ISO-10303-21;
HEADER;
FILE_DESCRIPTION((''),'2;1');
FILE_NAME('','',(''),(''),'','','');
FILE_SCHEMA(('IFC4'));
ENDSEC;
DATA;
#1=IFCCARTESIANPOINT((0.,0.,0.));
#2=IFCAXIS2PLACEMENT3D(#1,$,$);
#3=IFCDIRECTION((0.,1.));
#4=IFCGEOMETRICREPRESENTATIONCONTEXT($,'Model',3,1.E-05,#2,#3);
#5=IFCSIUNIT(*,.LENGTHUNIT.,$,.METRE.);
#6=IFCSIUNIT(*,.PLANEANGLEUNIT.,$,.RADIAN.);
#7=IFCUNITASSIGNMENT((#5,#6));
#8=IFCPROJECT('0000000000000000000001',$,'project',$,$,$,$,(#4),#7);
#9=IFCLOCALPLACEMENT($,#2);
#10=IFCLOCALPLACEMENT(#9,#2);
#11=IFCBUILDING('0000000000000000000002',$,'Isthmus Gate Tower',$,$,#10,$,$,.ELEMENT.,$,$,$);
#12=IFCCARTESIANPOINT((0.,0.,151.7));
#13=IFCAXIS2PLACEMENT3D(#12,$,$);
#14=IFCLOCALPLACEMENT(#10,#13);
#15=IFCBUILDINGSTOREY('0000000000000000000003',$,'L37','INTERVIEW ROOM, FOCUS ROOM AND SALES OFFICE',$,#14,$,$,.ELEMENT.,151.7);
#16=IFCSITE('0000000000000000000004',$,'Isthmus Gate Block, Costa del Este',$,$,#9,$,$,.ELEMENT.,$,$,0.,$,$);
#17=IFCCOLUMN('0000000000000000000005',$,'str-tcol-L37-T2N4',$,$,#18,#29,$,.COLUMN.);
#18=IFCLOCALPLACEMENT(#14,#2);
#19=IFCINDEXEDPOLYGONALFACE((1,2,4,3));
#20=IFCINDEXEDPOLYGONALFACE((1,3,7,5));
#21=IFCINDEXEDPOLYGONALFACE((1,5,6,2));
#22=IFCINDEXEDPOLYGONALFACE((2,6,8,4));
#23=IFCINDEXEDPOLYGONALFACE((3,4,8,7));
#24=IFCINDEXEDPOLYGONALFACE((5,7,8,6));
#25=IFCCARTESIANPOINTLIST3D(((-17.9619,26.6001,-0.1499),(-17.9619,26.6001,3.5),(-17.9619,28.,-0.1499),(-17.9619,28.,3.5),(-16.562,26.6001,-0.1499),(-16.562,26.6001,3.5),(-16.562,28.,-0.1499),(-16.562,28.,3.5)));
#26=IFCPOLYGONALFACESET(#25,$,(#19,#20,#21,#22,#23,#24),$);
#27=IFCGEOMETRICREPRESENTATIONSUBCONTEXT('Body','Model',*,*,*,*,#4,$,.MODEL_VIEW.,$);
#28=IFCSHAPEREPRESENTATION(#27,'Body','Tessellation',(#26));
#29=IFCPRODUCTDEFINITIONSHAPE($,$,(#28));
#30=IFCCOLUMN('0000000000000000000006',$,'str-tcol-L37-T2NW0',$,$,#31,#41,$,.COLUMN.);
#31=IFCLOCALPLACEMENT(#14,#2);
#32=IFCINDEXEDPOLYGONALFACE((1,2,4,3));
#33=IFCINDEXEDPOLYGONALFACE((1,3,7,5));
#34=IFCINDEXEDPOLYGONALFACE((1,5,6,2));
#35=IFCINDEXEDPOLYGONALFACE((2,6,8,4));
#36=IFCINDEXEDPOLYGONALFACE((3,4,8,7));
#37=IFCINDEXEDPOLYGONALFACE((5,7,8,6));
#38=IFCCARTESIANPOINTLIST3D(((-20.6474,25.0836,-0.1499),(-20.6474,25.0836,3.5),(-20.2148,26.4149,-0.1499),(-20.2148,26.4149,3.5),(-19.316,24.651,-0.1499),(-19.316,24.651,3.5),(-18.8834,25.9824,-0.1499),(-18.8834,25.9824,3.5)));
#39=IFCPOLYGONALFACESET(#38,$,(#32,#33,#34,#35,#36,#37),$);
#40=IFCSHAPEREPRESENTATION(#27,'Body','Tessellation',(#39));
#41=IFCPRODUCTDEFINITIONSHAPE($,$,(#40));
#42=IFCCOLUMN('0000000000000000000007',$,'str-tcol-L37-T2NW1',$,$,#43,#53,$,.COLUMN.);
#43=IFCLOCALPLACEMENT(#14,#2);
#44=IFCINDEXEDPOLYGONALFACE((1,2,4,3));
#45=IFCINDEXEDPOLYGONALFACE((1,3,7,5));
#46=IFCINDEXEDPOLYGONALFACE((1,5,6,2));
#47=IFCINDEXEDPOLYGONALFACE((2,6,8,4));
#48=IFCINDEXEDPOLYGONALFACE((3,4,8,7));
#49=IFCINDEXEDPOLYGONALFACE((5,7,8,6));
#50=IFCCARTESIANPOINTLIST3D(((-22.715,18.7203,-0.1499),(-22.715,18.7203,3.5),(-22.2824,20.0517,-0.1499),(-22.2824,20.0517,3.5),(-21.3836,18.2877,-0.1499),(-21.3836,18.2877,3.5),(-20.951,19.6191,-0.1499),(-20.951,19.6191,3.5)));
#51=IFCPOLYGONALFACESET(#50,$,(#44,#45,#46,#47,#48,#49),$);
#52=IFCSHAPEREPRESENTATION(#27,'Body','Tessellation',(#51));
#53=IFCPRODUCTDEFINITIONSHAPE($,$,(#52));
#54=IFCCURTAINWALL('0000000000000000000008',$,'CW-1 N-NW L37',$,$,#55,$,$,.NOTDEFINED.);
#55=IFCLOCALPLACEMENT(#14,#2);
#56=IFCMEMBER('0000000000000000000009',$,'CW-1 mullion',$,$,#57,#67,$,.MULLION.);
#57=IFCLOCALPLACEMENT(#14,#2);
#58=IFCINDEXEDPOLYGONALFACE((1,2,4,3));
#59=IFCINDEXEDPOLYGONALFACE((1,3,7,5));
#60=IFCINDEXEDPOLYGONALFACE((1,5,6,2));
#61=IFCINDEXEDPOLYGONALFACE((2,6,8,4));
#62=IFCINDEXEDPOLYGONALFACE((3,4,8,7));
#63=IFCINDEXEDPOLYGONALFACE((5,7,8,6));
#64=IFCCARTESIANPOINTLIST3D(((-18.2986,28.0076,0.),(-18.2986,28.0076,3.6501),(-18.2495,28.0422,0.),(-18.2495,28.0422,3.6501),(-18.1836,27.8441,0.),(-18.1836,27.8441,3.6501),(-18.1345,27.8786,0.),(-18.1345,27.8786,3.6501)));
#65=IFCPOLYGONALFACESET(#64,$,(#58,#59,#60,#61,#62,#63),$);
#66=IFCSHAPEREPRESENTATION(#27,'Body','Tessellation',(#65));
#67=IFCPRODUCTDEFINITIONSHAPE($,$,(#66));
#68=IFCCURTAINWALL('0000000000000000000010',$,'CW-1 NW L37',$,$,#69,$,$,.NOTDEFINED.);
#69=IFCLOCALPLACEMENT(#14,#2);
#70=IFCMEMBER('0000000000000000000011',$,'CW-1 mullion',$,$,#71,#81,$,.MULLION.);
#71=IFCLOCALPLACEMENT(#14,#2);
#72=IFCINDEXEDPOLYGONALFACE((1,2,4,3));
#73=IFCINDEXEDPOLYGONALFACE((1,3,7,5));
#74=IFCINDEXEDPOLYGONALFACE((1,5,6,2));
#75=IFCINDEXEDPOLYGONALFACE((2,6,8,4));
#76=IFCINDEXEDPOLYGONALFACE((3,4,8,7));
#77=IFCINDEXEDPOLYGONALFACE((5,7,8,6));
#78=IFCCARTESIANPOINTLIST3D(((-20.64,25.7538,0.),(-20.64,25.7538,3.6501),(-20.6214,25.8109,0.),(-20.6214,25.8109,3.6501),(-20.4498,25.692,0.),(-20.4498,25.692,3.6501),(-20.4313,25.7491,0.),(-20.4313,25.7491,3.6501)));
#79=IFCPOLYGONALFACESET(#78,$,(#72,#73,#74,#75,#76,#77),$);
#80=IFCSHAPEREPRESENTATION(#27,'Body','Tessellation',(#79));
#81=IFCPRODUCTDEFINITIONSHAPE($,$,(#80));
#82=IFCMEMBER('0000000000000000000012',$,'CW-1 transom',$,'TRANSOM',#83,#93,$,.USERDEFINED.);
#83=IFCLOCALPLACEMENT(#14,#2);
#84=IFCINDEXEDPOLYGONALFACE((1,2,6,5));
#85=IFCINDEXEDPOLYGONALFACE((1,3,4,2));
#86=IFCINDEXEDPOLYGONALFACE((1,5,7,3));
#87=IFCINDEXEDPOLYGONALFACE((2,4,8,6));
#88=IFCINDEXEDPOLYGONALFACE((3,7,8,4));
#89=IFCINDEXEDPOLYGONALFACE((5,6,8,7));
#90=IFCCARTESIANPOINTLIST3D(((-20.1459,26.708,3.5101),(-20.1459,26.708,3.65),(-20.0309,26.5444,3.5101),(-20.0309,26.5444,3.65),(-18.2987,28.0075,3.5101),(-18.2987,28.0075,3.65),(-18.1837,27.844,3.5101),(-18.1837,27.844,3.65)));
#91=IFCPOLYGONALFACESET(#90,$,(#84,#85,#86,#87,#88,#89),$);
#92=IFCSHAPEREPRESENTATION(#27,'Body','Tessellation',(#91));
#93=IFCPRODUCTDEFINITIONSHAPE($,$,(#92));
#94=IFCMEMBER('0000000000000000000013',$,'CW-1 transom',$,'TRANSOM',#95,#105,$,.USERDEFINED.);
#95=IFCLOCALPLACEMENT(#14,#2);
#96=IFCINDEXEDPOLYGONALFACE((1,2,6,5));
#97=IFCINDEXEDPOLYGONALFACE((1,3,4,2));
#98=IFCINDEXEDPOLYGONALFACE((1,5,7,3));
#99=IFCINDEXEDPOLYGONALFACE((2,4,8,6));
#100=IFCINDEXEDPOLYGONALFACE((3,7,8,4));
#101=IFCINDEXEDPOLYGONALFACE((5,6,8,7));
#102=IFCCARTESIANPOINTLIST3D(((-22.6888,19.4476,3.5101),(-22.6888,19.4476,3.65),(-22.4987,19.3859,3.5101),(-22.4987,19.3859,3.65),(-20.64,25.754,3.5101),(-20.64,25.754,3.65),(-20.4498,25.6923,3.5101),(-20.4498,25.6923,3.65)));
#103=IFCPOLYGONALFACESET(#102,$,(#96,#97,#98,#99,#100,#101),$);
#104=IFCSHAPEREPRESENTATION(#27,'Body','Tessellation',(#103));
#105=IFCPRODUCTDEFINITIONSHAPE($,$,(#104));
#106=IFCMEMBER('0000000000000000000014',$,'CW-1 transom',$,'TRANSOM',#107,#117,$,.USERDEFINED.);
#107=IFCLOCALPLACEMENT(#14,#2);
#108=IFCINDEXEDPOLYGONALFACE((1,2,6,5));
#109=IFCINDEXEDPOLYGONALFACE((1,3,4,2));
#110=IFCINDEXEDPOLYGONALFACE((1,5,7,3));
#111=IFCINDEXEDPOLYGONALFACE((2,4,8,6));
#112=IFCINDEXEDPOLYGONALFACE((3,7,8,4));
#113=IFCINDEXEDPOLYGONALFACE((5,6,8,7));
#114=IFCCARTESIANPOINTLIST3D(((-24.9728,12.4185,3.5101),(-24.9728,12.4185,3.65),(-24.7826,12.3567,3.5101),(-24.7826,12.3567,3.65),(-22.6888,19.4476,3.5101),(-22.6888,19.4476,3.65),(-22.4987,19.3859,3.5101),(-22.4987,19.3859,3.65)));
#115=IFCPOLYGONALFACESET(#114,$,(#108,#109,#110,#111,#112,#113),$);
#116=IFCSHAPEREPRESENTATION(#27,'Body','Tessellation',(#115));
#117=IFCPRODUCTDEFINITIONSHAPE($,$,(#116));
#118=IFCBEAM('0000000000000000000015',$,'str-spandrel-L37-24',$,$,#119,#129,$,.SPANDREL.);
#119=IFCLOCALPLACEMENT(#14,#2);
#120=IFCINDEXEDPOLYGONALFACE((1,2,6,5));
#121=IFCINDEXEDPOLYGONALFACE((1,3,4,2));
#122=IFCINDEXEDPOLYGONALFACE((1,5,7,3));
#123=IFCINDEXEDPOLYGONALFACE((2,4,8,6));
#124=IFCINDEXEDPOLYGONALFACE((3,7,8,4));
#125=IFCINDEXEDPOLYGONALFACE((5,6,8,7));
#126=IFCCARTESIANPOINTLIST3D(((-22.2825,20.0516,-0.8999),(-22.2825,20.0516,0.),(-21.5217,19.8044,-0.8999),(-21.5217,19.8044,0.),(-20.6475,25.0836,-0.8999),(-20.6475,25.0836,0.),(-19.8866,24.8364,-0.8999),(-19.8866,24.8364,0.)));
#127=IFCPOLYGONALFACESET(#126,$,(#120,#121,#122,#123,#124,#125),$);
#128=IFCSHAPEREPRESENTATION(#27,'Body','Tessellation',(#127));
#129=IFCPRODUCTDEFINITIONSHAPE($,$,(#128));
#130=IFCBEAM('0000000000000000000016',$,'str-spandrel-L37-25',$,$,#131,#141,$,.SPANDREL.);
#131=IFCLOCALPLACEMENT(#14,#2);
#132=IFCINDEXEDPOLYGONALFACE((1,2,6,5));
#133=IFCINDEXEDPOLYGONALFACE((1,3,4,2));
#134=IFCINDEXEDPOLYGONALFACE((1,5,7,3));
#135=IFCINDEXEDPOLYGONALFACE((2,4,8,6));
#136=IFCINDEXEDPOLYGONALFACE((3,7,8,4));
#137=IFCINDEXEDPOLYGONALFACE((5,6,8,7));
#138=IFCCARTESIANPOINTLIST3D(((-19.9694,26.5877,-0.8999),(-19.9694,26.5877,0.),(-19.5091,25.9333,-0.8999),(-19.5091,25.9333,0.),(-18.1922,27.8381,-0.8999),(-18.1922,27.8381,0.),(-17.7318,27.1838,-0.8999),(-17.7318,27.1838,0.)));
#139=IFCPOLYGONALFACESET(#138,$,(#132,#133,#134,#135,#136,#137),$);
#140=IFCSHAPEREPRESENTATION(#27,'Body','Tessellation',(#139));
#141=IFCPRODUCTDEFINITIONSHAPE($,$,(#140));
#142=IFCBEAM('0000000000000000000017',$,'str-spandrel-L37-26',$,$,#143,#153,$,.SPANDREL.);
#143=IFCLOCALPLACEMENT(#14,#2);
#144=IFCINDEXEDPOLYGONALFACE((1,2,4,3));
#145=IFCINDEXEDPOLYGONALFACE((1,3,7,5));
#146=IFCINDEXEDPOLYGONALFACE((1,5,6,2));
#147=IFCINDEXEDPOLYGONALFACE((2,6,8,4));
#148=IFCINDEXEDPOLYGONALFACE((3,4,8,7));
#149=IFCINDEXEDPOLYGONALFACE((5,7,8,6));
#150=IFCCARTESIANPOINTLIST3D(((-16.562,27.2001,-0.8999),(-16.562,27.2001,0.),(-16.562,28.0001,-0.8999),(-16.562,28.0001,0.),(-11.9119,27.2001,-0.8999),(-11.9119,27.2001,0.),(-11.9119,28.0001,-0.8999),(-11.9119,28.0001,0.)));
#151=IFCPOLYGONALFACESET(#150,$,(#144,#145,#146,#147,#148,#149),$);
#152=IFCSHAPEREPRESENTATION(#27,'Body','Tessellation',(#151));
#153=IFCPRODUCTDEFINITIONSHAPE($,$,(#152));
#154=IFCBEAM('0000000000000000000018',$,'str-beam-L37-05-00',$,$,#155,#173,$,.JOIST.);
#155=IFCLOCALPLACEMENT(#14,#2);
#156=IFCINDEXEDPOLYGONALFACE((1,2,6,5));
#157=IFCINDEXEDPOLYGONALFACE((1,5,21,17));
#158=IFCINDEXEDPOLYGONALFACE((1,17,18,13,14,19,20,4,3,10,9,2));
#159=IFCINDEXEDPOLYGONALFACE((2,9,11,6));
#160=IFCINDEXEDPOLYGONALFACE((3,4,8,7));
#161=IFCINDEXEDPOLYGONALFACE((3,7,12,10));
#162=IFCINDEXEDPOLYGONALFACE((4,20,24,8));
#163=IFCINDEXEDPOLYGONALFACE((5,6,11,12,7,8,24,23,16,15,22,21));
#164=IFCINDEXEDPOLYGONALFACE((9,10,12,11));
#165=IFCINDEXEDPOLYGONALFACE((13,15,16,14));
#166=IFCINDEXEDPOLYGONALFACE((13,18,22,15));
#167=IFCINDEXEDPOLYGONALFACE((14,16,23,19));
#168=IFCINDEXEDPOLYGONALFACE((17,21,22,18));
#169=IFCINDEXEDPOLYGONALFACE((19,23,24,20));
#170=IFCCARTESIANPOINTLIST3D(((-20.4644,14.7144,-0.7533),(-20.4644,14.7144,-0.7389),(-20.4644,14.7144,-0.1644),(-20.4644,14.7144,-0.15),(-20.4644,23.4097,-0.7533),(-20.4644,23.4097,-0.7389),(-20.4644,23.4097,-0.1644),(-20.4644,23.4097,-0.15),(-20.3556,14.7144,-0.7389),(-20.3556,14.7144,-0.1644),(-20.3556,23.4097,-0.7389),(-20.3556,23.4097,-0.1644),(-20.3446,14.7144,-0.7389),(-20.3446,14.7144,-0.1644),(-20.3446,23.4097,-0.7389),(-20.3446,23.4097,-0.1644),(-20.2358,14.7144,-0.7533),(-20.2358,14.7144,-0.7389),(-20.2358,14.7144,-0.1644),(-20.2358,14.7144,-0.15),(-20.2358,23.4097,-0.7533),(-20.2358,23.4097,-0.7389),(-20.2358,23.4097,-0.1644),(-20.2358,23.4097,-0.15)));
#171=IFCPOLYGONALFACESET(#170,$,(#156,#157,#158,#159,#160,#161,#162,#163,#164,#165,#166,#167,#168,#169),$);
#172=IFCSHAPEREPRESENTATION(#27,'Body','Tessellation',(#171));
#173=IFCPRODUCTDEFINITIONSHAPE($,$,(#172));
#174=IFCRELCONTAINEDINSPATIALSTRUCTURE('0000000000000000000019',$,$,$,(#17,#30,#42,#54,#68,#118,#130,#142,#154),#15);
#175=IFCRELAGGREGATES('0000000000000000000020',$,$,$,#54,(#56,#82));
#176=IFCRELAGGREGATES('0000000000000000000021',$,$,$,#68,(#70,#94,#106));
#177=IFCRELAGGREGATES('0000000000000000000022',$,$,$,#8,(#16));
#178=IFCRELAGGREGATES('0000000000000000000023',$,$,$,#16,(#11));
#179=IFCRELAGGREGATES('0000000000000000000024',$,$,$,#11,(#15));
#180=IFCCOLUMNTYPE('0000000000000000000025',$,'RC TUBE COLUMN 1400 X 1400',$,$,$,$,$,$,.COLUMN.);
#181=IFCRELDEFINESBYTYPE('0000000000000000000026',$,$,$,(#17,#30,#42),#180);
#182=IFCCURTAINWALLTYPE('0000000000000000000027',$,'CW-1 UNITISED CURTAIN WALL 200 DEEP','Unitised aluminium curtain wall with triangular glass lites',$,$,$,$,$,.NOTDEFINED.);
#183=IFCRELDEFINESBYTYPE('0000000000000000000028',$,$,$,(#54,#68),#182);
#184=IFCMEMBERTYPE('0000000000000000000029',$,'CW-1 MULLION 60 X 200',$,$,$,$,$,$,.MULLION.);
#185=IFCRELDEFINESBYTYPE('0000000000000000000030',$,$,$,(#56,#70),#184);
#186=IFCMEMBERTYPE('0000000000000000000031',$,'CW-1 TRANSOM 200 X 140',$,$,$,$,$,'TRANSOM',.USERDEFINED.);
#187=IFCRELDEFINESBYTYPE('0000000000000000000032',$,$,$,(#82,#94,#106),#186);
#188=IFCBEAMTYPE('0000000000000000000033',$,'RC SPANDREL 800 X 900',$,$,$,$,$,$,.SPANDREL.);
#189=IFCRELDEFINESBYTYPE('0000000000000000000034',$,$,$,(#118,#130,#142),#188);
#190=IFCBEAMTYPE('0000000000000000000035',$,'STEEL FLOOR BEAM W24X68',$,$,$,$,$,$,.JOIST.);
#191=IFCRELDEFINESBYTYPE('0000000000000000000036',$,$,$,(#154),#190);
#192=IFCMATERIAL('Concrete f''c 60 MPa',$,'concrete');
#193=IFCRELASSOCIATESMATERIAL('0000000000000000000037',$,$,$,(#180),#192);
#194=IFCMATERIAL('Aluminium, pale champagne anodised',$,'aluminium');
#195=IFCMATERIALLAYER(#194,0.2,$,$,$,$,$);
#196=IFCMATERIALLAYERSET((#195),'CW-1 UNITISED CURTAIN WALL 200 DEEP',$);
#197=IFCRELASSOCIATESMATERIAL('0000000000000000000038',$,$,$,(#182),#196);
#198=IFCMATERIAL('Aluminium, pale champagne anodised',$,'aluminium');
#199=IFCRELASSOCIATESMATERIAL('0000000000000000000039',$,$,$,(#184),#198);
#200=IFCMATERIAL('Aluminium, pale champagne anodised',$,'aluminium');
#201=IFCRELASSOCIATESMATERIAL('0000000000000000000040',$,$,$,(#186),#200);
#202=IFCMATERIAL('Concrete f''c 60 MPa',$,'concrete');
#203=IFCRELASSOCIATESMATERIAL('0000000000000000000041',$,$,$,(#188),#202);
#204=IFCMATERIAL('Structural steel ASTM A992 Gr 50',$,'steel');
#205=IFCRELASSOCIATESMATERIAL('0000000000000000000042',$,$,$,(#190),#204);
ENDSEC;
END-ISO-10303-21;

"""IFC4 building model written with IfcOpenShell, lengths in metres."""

from ifc_helpers import new_model, si_unit, direction, frame, origin, origin_2d, place, context, subcontext, project, spatial, rectangle, i_section, extrude, material, layer, layer_set, material_profile, profile_set, type_object, element, aggregate, save


model = new_model("IFC4")

# Units and contexts
model_context = context("Model", 3, precision=1e-05, world=origin(), true_north=direction((0.0, 1.0)))
body_context = subcontext(model_context, "Body", "Model", "MODEL_VIEW")
ifc_project = project(units=[si_unit("LENGTHUNIT", "METRE"), si_unit("PLANEANGLEUNIT", "RADIAN")], contexts=[model_context])

# Site, building, storey
site_placement = place(None, origin())
site = spatial("IfcSite", under=ifc_project, at=site_placement, Name="Isthmus Gate Block, Costa del Este", CompositionType="ELEMENT", RefElevation=0.0)
building_placement = place(site_placement, origin())
building = spatial("IfcBuilding", under=site, at=building_placement, Name="Isthmus Gate Tower", CompositionType="ELEMENT")
storey_placement = place(building_placement, frame((0.0, 0.0, 151.7)))
storey = spatial("IfcBuildingStorey", under=building, at=storey_placement, Name="L37", Description="INTERVIEW ROOM, FOCUS ROOM AND SALES OFFICE", CompositionType="ELEMENT", Elevation=151.7)

# Columns
ifc_material_1 = material(Name="Concrete f'c 60 MPa", Category="concrete")
ifc_material_profile_1 = material_profile(ifc_material_1, rectangle(XDim=1.3999, YDim=1.3999, at=origin_2d()), Name="RC 1400X1400")
ifc_profile_set_1 = profile_set([ifc_material_profile_1], Name="Concrete f'c 60 MPa")
column_type = type_object("IfcColumnType", Name="RC TUBE COLUMN 1400 X 1400", PredefinedType="COLUMN", material=ifc_profile_set_1)
for number, where, z_axis, x_axis, name in (
    (1, (-17.262, 27.3, -0.1499), (0.0, 0.0, 1.0), (-1.0, 0.0, 0.0), "str-tcol-L37-T2N4"),
    (2, (-19.7654, 25.533, -0.1499), (0.0, 0.0, 1.0), (-0.309017, -0.951057, 0.0), "str-tcol-L37-T2NW0"),
    (3, (-21.833, 19.1697, -0.1499), (0.0, 0.0, 1.0), (-0.309017, -0.951057, 0.0), "str-tcol-L37-T2NW1"),
):
    element("IfcColumn", number, at=place(storey_placement, frame(where, z_axis=z_axis, x_axis=x_axis)), inside=storey, type_object=column_type, Name=name, PredefinedType="COLUMN", context=body_context, shape_type="SweptSolid", body=[
        extrude(rectangle(XDim=1.3999, YDim=1.3999, at=origin_2d()), origin(), (0.0, 0.0, 1.0), 3.6499),
    ])

# Curtain walls, members
ifc_material_2 = material(Name="Aluminium, pale champagne anodised", Category="aluminium")
ifc_layer_1 = layer(ifc_material_2, 0.2)
ifc_layer_set_1 = layer_set([ifc_layer_1], Name="CW-1 UNITISED CURTAIN WALL 200 DEEP")
curtain_wall_type = type_object("IfcCurtainWallType", Name="CW-1 UNITISED CURTAIN WALL 200 DEEP", Description="Unitised aluminium curtain wall with triangular glass lites", PredefinedType="NOTDEFINED", material=ifc_layer_set_1)
curtain_wall_1_placement = place(storey_placement, origin())
curtain_wall_1 = element("IfcCurtainWall", 4, at=curtain_wall_1_placement, inside=storey, type_object=curtain_wall_type, Name="CW-1 N-NW L37", PredefinedType="NOTDEFINED")
ifc_material_3 = material(Name="Aluminium, pale champagne anodised", Category="aluminium")
ifc_material_profile_2 = material_profile(ifc_material_3, rectangle(XDim=0.0601, YDim=0.2, at=origin_2d()), Name="60x200")
ifc_profile_set_2 = profile_set([ifc_material_profile_2], Name="Aluminium, pale champagne anodised")
member_type_1 = type_object("IfcMemberType", Name="CW-1 MULLION 60 X 200", PredefinedType="MULLION", material=ifc_profile_set_2)
member_1_placement = place(storey_placement, frame((-18.2166, 27.9431, 0.0), z_axis=(0.0, 0.0, 1.0), x_axis=(-0.81786, -0.575418, 0.0)))
member_1 = element("IfcMember", 5, at=member_1_placement, type_object=member_type_1, Name="CW-1 mullion", PredefinedType="MULLION", context=body_context, shape_type="SweptSolid", body=[
    extrude(rectangle(XDim=0.0601, YDim=0.2, at=origin_2d()), origin(), (0.0, 0.0, 1.0), 3.6501),
])
curtain_wall_2_placement = place(storey_placement, origin())
curtain_wall_2 = element("IfcCurtainWall", 6, at=curtain_wall_2_placement, inside=storey, type_object=curtain_wall_type, Name="CW-1 NW L37", PredefinedType="NOTDEFINED")
member_2_placement = place(storey_placement, frame((-20.5356, 25.7515, 0.0), z_axis=(0.0, 0.0, 1.0), x_axis=(-0.309017, -0.951057, 0.0)))
member_2 = element("IfcMember", 7, at=member_2_placement, type_object=member_type_1, Name="CW-1 mullion", PredefinedType="MULLION", context=body_context, shape_type="SweptSolid", body=[
    extrude(rectangle(XDim=0.0601, YDim=0.2, at=origin_2d()), origin(), (0.0, 0.0, 1.0), 3.6501),
])

# Members
ifc_material_4 = material(Name="Aluminium, pale champagne anodised", Category="aluminium")
ifc_material_profile_3 = material_profile(ifc_material_4, rectangle(XDim=0.2, YDim=0.1399, at=origin_2d()), Name="200x140")
ifc_profile_set_3 = profile_set([ifc_material_profile_3], Name="Aluminium, pale champagne anodised")
member_type_2 = type_object("IfcMemberType", Name="CW-1 TRANSOM 200 X 140", ElementType="TRANSOM", PredefinedType="USERDEFINED", material=ifc_profile_set_3)
member_3_placement = place(storey_placement, frame((-18.2412, 27.9258, 3.5801), z_axis=(-0.817869, -0.575405, 0.0), x_axis=(0.575405, -0.817869, 0.0)))
member_3 = element("IfcMember", 8, at=member_3_placement, type_object=member_type_2, Name="CW-1 transom", ObjectType="TRANSOM", PredefinedType="USERDEFINED", context=body_context, shape_type="SweptSolid", body=[
    extrude(rectangle(XDim=0.2, YDim=0.1399, at=origin_2d()), origin(), (0.0, 0.0, 1.0), 2.2585),
])
member_4_placement = place(storey_placement, frame((-20.5449, 25.7231, 3.5801), z_axis=(-0.308984, -0.951067, 0.0), x_axis=(0.951067, -0.308984, 0.0)))
member_4 = element("IfcMember", 9, at=member_4_placement, type_object=member_type_2, Name="CW-1 transom", ObjectType="TRANSOM", PredefinedType="USERDEFINED", context=body_context, shape_type="SweptSolid", body=[
    extrude(rectangle(XDim=0.2, YDim=0.1399, at=origin_2d()), origin(), (0.0, 0.0, 1.0), 6.6309),
])
member_5_placement = place(storey_placement, frame((-22.5938, 19.4167, 3.5801), z_axis=(-0.309024, -0.951054, 0.0), x_axis=(0.951054, -0.309024, 0.0)))
member_5 = element("IfcMember", 10, at=member_5_placement, type_object=member_type_2, Name="CW-1 transom", ObjectType="TRANSOM", PredefinedType="USERDEFINED", context=body_context, shape_type="SweptSolid", body=[
    extrude(rectangle(XDim=0.2, YDim=0.1399, at=origin_2d()), origin(), (0.0, 0.0, 1.0), 7.3909),
])

# Beams
ifc_material_5 = material(Name="Concrete f'c 60 MPa", Category="concrete")
ifc_material_profile_4 = material_profile(ifc_material_5, rectangle(XDim=0.8, YDim=0.8999, at=origin_2d()), Name="RC 800X900")
ifc_profile_set_4 = profile_set([ifc_material_profile_4], Name="Concrete f'c 60 MPa")
beam_type_1 = type_object("IfcBeamType", Name="RC SPANDREL 800 X 900", PredefinedType="SPANDREL", material=ifc_profile_set_4)
beam_1_placement = place(storey_placement, frame((-21.9021, 19.928, -0.45), z_axis=(0.30902, 0.951055, 0.0), x_axis=(-0.951055, 0.30902, 0.0)))
element("IfcBeam", 11, at=beam_1_placement, inside=storey, type_object=beam_type_1, Name="str-spandrel-L37-24", PredefinedType="SPANDREL", context=body_context, shape_type="SweptSolid", body=[
    extrude(rectangle(XDim=0.8, YDim=0.8999, at=origin_2d()), origin(), (0.0, 0.0, 1.0), 5.291),
])
beam_2_placement = place(storey_placement, frame((-19.7393, 26.2605, -0.45), z_axis=(0.817857, 0.575421, 0.0), x_axis=(-0.575421, 0.817857, 0.0)))
element("IfcBeam", 12, at=beam_2_placement, inside=storey, type_object=beam_type_1, Name="str-spandrel-L37-25", PredefinedType="SPANDREL", context=body_context, shape_type="SweptSolid", body=[
    extrude(rectangle(XDim=0.8, YDim=0.8999, at=origin_2d()), origin(), (0.0, 0.0, 1.0), 2.1731),
])
beam_3_placement = place(storey_placement, frame((-16.562, 27.6001, -0.45), z_axis=(1.0, 0.0, 0.0), x_axis=(0.0, 1.0, 0.0)))
element("IfcBeam", 13, at=beam_3_placement, inside=storey, type_object=beam_type_1, Name="str-spandrel-L37-26", PredefinedType="SPANDREL", context=body_context, shape_type="SweptSolid", body=[
    extrude(rectangle(XDim=0.8, YDim=0.8999, at=origin_2d()), origin(), (0.0, 0.0, 1.0), 4.6501),
])
ifc_material_6 = material(Name="Structural steel ASTM A992 Gr 50", Category="steel")
ifc_material_profile_5 = material_profile(ifc_material_6, i_section(OverallWidth=0.2285, OverallDepth=0.6033, WebThickness=0.011, FlangeThickness=0.0144, at=origin_2d()), Name="W24X68")
ifc_profile_set_5 = profile_set([ifc_material_profile_5], Name="Structural steel ASTM A992 Gr 50")
beam_type_2 = type_object("IfcBeamType", Name="STEEL FLOOR BEAM W24X68", PredefinedType="JOIST", material=ifc_profile_set_5)
beam_4_placement = place(storey_placement, frame((-20.3501, 14.7144, -0.4517), z_axis=(0.0, 1.0, 0.0), x_axis=(-1.0, 0.0, 0.0)))
element("IfcBeam", 14, at=beam_4_placement, inside=storey, type_object=beam_type_2, Name="str-beam-L37-05-00", PredefinedType="JOIST", context=body_context, shape_type="SweptSolid", body=[
    extrude(i_section(OverallWidth=0.2285, OverallDepth=0.6033, WebThickness=0.011, FlangeThickness=0.0144, at=origin_2d()), origin(), (0.0, 0.0, 1.0), 8.6953),
])

aggregate(curtain_wall_1, [member_1, member_3])

aggregate(curtain_wall_2, [member_2, member_4, member_5])

save(model, "model.ifc")
